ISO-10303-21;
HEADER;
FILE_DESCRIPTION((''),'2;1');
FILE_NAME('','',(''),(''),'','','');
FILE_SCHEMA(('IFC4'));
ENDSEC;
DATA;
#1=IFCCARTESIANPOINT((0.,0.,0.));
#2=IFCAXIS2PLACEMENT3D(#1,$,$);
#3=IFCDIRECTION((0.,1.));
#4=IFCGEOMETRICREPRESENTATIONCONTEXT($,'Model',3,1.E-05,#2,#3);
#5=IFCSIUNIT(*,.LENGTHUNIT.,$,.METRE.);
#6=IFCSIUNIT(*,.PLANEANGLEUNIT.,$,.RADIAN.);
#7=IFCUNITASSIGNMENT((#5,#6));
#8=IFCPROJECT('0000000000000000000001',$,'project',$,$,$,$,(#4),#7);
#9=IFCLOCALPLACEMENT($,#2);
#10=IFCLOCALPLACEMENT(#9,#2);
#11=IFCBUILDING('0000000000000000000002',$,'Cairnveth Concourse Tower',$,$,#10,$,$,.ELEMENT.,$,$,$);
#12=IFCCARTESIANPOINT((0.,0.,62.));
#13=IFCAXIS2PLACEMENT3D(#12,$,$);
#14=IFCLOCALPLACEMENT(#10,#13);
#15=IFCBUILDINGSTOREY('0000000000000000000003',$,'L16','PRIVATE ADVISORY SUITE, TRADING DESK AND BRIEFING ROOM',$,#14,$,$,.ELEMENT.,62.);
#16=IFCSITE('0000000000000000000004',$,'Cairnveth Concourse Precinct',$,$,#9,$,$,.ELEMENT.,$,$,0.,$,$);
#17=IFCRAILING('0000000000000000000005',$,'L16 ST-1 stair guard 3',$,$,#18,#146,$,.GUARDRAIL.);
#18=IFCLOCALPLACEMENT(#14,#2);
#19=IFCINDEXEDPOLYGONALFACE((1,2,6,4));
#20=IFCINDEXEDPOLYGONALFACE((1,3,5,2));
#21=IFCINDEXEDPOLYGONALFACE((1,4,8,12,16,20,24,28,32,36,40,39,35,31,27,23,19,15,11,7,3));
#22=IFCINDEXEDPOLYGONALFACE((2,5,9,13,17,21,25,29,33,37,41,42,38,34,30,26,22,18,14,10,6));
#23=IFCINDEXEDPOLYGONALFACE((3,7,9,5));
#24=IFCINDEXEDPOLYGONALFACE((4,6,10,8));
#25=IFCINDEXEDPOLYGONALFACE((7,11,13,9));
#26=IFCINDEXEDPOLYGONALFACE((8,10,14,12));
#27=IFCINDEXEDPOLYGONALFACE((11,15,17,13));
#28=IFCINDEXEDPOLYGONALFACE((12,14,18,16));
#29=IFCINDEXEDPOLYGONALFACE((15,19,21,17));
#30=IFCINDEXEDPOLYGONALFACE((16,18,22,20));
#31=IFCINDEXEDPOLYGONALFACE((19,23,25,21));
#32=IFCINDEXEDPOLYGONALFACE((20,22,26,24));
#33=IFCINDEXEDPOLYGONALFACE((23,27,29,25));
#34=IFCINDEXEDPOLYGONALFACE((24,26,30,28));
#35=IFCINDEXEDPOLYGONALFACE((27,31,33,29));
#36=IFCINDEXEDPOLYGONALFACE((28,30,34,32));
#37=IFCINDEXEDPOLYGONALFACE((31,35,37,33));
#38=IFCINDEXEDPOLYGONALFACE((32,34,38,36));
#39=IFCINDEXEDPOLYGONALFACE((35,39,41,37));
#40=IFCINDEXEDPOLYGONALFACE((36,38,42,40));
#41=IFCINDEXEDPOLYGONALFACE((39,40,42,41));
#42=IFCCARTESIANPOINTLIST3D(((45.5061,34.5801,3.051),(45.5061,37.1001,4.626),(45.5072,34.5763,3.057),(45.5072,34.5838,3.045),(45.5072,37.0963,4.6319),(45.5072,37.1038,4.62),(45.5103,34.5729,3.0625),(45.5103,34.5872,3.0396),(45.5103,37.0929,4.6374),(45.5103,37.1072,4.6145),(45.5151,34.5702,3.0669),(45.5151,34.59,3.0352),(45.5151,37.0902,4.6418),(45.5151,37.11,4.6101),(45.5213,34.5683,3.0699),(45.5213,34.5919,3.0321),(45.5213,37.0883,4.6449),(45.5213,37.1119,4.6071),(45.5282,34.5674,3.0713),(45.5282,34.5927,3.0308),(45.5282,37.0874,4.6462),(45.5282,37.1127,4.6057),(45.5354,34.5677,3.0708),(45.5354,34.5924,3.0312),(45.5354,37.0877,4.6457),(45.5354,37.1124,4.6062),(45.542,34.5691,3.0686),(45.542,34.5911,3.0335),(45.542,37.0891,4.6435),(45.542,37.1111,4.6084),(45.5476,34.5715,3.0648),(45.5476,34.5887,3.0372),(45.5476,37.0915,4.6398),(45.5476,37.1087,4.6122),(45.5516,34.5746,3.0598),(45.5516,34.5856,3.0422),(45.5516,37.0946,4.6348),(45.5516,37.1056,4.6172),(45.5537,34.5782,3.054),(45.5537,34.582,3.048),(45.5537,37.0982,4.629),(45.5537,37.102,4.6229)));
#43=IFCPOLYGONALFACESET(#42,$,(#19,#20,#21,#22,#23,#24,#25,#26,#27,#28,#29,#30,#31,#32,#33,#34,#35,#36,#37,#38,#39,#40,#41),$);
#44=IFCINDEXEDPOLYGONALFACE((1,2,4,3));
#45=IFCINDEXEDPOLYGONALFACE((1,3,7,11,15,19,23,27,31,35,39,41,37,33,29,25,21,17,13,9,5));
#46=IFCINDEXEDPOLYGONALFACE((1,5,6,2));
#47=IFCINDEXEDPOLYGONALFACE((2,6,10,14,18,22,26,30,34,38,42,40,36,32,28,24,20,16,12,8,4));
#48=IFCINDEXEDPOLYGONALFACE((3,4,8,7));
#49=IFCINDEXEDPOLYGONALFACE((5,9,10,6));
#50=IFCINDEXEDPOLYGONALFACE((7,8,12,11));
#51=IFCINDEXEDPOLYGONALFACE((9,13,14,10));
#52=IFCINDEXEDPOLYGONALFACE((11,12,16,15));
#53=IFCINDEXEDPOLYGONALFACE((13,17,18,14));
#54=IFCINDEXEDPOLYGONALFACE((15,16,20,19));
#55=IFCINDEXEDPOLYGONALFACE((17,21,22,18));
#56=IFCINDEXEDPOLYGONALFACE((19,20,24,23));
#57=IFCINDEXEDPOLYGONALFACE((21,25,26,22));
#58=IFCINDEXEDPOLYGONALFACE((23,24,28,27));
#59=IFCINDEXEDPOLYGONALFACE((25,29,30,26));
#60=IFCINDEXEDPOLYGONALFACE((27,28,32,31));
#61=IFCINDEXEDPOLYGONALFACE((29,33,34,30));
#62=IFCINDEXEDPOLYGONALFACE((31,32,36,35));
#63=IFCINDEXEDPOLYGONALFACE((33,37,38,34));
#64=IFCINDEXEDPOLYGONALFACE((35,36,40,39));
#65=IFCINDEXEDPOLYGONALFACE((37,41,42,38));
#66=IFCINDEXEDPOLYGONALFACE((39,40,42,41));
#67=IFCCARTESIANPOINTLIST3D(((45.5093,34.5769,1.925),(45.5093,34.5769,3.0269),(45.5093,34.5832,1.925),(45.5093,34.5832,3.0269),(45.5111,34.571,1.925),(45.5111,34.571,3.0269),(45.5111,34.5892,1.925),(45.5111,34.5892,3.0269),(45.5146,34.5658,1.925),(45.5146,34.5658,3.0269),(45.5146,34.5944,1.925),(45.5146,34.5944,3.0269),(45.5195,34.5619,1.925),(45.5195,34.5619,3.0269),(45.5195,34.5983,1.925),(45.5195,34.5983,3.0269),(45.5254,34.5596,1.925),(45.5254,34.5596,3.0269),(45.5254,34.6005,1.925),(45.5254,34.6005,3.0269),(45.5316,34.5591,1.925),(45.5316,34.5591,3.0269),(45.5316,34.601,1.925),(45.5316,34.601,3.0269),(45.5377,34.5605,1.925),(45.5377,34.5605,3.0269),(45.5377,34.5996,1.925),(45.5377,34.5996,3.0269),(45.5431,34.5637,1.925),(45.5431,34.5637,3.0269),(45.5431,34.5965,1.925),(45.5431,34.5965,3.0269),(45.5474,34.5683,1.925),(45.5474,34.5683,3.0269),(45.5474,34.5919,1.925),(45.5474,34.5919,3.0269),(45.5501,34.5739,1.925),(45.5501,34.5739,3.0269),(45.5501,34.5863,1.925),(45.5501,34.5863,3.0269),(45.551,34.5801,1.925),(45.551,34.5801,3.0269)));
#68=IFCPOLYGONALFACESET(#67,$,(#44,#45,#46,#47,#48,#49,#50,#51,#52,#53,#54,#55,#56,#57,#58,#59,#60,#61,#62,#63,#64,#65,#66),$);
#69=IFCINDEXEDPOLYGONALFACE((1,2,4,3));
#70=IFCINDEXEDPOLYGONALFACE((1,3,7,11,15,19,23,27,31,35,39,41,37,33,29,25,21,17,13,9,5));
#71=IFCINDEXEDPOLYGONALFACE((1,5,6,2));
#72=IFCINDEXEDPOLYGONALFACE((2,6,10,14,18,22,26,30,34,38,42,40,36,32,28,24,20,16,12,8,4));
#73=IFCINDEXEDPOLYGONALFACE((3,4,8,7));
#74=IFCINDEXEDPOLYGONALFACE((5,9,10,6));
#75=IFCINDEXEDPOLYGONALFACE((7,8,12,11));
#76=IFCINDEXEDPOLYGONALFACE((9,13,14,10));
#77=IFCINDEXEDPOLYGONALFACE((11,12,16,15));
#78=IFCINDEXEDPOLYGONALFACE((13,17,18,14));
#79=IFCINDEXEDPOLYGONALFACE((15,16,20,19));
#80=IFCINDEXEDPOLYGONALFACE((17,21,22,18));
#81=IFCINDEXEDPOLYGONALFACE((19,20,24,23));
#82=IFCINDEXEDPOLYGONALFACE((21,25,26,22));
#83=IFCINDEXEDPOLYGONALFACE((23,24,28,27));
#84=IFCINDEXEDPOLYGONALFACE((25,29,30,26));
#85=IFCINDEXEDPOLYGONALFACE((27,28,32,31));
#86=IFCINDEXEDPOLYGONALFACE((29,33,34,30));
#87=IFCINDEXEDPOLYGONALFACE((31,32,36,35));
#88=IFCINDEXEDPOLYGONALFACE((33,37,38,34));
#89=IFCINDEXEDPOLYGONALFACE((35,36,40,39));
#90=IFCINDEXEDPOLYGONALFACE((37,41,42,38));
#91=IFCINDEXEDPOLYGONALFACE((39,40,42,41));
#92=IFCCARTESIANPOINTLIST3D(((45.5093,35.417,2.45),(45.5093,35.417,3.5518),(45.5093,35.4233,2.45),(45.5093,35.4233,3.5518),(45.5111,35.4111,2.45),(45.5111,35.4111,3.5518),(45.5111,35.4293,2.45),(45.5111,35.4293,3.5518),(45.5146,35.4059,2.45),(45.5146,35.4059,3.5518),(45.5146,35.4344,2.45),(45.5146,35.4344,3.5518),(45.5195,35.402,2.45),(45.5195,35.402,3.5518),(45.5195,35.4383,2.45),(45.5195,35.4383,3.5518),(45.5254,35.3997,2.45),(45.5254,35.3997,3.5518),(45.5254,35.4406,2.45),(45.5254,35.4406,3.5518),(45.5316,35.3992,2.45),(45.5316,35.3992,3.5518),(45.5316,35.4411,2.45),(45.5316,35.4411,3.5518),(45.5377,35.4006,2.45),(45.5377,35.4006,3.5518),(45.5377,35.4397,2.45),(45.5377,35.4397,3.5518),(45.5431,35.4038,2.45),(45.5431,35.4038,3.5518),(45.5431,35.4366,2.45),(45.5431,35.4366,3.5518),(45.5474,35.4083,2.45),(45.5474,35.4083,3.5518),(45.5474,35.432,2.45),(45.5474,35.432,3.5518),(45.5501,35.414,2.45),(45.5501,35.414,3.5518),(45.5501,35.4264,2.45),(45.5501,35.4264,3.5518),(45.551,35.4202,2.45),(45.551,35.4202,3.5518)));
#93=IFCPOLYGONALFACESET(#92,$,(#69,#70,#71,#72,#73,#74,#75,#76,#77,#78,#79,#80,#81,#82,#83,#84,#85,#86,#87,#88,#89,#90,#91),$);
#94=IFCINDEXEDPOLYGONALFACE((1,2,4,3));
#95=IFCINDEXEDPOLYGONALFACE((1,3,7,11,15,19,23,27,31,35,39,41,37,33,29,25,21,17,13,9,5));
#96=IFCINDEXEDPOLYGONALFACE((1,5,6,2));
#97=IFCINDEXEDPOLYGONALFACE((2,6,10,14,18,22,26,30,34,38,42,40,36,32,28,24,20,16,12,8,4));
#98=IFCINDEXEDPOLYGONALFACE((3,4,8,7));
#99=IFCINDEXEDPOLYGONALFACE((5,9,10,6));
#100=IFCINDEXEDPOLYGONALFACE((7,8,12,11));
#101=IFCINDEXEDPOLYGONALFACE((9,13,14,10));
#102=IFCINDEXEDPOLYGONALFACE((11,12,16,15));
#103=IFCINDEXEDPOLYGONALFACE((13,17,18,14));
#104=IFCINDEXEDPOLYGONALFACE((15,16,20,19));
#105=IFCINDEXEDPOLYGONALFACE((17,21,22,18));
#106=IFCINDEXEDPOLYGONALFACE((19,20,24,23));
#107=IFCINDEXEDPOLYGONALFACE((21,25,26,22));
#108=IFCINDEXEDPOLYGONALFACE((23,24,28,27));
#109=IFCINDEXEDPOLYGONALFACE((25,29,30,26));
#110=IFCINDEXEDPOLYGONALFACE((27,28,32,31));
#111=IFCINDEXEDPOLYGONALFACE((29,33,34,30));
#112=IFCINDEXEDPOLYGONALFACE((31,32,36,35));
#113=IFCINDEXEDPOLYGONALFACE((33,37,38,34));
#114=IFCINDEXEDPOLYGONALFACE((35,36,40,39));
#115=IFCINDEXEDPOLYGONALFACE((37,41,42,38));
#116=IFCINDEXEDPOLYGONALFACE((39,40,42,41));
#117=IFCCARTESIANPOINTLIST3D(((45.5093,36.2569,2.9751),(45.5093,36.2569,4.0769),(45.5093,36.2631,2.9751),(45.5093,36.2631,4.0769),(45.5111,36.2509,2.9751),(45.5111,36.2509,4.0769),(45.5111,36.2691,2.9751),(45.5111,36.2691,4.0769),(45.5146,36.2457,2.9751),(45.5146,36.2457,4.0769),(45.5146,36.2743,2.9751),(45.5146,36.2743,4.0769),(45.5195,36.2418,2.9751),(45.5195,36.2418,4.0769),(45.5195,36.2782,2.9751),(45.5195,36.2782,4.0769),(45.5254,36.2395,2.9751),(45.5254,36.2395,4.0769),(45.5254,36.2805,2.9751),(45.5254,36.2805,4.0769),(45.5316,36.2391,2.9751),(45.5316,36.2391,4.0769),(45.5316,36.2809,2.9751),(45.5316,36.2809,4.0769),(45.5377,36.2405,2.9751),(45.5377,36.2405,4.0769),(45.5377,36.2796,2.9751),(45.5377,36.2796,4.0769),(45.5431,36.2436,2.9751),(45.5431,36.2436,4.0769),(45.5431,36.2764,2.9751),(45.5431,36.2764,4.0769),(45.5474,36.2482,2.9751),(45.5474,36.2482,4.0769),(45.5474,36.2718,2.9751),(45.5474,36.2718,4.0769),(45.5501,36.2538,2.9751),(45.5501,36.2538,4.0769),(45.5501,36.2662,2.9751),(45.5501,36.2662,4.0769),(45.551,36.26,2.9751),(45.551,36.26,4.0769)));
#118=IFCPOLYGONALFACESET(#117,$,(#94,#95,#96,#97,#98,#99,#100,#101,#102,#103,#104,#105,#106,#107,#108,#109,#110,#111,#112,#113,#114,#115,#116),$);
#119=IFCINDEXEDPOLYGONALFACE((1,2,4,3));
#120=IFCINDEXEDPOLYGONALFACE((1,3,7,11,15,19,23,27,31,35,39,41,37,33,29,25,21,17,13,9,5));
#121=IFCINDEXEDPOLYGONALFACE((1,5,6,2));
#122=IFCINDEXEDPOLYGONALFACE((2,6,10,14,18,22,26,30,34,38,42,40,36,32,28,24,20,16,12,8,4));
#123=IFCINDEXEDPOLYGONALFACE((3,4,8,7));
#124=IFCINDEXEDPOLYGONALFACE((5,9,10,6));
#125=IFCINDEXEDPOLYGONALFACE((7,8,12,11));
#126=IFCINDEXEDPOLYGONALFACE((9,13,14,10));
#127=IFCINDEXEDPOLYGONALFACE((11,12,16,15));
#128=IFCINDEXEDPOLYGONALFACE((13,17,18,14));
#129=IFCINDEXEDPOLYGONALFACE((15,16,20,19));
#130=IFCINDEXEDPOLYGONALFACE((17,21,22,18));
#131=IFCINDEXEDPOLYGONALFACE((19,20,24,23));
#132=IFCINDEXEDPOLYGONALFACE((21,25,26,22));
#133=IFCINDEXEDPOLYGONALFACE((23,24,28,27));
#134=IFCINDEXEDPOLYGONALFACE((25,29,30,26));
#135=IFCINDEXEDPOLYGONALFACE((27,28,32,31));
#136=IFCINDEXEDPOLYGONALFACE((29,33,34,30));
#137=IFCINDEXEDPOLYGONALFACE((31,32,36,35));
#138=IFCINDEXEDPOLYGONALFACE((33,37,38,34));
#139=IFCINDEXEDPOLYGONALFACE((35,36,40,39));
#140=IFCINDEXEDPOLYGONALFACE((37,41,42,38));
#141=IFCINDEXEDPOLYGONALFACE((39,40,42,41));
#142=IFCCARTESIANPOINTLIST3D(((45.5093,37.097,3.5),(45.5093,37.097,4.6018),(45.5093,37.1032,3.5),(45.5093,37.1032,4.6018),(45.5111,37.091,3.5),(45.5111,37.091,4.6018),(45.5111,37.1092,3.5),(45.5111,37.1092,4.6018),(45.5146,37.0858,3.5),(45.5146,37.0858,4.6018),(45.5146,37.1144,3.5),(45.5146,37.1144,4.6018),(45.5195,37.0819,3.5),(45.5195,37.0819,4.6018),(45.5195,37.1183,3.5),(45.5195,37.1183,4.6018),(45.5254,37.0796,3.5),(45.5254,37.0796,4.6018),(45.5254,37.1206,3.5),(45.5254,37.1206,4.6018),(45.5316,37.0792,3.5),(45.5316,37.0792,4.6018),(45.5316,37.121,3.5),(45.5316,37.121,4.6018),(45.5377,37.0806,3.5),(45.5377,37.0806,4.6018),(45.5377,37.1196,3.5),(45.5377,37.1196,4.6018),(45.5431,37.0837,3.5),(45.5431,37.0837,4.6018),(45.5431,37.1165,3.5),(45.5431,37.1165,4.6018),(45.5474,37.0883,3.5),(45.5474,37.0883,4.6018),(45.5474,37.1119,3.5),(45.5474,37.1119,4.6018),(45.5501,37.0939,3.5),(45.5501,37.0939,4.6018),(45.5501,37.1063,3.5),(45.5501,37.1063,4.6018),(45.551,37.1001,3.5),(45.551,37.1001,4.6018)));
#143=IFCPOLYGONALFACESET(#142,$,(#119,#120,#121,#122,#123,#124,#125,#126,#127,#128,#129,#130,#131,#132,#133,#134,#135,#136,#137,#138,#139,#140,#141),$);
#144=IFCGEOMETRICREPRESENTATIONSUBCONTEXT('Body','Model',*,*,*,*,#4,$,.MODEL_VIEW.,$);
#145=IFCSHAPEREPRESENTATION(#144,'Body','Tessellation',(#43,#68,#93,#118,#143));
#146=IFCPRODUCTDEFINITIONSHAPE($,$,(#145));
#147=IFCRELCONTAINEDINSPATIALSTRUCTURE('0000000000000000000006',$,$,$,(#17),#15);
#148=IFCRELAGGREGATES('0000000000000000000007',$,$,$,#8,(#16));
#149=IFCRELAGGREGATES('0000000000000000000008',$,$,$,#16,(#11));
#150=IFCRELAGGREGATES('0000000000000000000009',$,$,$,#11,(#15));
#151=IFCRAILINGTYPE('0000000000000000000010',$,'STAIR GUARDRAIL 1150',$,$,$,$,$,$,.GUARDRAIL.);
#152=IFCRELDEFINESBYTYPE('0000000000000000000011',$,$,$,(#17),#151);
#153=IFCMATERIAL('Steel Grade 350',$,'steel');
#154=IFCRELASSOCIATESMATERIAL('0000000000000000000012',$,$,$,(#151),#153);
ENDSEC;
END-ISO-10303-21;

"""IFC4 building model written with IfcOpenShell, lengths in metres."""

from ifc_helpers import new_model, si_unit, direction, frame, origin, origin_2d, place, context, subcontext, project, spatial, circle, extrude, material, type_object, element, save


model = new_model("IFC4")

# Units and contexts
model_context = context("Model", 3, precision=1e-05, world=origin(), true_north=direction((0.0, 1.0)))
body_context = subcontext(model_context, "Body", "Model", "MODEL_VIEW")
ifc_project = project(units=[si_unit("LENGTHUNIT", "METRE"), si_unit("PLANEANGLEUNIT", "RADIAN")], contexts=[model_context])

# Site, building, storey
site_placement = place(None, origin())
site = spatial("IfcSite", under=ifc_project, at=site_placement, Name="Cairnveth Concourse Precinct", CompositionType="ELEMENT", RefElevation=0.0)
building_placement = place(site_placement, origin())
building = spatial("IfcBuilding", under=site, at=building_placement, Name="Cairnveth Concourse Tower", CompositionType="ELEMENT")
storey_placement = place(building_placement, frame((0.0, 0.0, 62.0)))
storey = spatial("IfcBuildingStorey", under=building, at=storey_placement, Name="L16", Description="PRIVATE ADVISORY SUITE, TRADING DESK AND BRIEFING ROOM", CompositionType="ELEMENT", Elevation=62.0)

# Railing
ifc_material_1 = material(Name="Steel Grade 350", Category="steel")
railing_type_1 = type_object("IfcRailingType", Name="STAIR GUARDRAIL 1150", PredefinedType="GUARDRAIL", material=ifc_material_1)
railing_1_placement = place(storey_placement, frame((45.53, 34.5801, 1.925)))
element("IfcRailing", 1, at=railing_1_placement, inside=storey, type_object=railing_type_1, Name="L16 ST-1 stair guard 3", PredefinedType="GUARDRAIL", context=body_context, shape_type="SweptSolid", body=[
    extrude(circle(Radius=0.0239, at=origin_2d()), frame((0.0, 0.0, 1.126), z_axis=(0.0, 0.848008, 0.529984), x_axis=(-1.0, 0.0, 0.0)), (0.0, 0.0, 1.0), 2.9717),
    extrude(circle(Radius=0.021, at=origin_2d()), origin(), (0.0, 0.0, 1.0), 1.1018),
    extrude(circle(Radius=0.021, at=origin_2d()), frame((0.0, 0.8401, 0.5249)), (0.0, 0.0, 1.0), 1.1018),
    extrude(circle(Radius=0.021, at=origin_2d()), frame((0.0, 1.6799, 1.05)), (0.0, 0.0, 1.0), 1.1018),
    extrude(circle(Radius=0.021, at=origin_2d()), frame((0.0, 2.52, 1.575)), (0.0, 0.0, 1.0), 1.1018),
])

save(model, "model.ifc")
